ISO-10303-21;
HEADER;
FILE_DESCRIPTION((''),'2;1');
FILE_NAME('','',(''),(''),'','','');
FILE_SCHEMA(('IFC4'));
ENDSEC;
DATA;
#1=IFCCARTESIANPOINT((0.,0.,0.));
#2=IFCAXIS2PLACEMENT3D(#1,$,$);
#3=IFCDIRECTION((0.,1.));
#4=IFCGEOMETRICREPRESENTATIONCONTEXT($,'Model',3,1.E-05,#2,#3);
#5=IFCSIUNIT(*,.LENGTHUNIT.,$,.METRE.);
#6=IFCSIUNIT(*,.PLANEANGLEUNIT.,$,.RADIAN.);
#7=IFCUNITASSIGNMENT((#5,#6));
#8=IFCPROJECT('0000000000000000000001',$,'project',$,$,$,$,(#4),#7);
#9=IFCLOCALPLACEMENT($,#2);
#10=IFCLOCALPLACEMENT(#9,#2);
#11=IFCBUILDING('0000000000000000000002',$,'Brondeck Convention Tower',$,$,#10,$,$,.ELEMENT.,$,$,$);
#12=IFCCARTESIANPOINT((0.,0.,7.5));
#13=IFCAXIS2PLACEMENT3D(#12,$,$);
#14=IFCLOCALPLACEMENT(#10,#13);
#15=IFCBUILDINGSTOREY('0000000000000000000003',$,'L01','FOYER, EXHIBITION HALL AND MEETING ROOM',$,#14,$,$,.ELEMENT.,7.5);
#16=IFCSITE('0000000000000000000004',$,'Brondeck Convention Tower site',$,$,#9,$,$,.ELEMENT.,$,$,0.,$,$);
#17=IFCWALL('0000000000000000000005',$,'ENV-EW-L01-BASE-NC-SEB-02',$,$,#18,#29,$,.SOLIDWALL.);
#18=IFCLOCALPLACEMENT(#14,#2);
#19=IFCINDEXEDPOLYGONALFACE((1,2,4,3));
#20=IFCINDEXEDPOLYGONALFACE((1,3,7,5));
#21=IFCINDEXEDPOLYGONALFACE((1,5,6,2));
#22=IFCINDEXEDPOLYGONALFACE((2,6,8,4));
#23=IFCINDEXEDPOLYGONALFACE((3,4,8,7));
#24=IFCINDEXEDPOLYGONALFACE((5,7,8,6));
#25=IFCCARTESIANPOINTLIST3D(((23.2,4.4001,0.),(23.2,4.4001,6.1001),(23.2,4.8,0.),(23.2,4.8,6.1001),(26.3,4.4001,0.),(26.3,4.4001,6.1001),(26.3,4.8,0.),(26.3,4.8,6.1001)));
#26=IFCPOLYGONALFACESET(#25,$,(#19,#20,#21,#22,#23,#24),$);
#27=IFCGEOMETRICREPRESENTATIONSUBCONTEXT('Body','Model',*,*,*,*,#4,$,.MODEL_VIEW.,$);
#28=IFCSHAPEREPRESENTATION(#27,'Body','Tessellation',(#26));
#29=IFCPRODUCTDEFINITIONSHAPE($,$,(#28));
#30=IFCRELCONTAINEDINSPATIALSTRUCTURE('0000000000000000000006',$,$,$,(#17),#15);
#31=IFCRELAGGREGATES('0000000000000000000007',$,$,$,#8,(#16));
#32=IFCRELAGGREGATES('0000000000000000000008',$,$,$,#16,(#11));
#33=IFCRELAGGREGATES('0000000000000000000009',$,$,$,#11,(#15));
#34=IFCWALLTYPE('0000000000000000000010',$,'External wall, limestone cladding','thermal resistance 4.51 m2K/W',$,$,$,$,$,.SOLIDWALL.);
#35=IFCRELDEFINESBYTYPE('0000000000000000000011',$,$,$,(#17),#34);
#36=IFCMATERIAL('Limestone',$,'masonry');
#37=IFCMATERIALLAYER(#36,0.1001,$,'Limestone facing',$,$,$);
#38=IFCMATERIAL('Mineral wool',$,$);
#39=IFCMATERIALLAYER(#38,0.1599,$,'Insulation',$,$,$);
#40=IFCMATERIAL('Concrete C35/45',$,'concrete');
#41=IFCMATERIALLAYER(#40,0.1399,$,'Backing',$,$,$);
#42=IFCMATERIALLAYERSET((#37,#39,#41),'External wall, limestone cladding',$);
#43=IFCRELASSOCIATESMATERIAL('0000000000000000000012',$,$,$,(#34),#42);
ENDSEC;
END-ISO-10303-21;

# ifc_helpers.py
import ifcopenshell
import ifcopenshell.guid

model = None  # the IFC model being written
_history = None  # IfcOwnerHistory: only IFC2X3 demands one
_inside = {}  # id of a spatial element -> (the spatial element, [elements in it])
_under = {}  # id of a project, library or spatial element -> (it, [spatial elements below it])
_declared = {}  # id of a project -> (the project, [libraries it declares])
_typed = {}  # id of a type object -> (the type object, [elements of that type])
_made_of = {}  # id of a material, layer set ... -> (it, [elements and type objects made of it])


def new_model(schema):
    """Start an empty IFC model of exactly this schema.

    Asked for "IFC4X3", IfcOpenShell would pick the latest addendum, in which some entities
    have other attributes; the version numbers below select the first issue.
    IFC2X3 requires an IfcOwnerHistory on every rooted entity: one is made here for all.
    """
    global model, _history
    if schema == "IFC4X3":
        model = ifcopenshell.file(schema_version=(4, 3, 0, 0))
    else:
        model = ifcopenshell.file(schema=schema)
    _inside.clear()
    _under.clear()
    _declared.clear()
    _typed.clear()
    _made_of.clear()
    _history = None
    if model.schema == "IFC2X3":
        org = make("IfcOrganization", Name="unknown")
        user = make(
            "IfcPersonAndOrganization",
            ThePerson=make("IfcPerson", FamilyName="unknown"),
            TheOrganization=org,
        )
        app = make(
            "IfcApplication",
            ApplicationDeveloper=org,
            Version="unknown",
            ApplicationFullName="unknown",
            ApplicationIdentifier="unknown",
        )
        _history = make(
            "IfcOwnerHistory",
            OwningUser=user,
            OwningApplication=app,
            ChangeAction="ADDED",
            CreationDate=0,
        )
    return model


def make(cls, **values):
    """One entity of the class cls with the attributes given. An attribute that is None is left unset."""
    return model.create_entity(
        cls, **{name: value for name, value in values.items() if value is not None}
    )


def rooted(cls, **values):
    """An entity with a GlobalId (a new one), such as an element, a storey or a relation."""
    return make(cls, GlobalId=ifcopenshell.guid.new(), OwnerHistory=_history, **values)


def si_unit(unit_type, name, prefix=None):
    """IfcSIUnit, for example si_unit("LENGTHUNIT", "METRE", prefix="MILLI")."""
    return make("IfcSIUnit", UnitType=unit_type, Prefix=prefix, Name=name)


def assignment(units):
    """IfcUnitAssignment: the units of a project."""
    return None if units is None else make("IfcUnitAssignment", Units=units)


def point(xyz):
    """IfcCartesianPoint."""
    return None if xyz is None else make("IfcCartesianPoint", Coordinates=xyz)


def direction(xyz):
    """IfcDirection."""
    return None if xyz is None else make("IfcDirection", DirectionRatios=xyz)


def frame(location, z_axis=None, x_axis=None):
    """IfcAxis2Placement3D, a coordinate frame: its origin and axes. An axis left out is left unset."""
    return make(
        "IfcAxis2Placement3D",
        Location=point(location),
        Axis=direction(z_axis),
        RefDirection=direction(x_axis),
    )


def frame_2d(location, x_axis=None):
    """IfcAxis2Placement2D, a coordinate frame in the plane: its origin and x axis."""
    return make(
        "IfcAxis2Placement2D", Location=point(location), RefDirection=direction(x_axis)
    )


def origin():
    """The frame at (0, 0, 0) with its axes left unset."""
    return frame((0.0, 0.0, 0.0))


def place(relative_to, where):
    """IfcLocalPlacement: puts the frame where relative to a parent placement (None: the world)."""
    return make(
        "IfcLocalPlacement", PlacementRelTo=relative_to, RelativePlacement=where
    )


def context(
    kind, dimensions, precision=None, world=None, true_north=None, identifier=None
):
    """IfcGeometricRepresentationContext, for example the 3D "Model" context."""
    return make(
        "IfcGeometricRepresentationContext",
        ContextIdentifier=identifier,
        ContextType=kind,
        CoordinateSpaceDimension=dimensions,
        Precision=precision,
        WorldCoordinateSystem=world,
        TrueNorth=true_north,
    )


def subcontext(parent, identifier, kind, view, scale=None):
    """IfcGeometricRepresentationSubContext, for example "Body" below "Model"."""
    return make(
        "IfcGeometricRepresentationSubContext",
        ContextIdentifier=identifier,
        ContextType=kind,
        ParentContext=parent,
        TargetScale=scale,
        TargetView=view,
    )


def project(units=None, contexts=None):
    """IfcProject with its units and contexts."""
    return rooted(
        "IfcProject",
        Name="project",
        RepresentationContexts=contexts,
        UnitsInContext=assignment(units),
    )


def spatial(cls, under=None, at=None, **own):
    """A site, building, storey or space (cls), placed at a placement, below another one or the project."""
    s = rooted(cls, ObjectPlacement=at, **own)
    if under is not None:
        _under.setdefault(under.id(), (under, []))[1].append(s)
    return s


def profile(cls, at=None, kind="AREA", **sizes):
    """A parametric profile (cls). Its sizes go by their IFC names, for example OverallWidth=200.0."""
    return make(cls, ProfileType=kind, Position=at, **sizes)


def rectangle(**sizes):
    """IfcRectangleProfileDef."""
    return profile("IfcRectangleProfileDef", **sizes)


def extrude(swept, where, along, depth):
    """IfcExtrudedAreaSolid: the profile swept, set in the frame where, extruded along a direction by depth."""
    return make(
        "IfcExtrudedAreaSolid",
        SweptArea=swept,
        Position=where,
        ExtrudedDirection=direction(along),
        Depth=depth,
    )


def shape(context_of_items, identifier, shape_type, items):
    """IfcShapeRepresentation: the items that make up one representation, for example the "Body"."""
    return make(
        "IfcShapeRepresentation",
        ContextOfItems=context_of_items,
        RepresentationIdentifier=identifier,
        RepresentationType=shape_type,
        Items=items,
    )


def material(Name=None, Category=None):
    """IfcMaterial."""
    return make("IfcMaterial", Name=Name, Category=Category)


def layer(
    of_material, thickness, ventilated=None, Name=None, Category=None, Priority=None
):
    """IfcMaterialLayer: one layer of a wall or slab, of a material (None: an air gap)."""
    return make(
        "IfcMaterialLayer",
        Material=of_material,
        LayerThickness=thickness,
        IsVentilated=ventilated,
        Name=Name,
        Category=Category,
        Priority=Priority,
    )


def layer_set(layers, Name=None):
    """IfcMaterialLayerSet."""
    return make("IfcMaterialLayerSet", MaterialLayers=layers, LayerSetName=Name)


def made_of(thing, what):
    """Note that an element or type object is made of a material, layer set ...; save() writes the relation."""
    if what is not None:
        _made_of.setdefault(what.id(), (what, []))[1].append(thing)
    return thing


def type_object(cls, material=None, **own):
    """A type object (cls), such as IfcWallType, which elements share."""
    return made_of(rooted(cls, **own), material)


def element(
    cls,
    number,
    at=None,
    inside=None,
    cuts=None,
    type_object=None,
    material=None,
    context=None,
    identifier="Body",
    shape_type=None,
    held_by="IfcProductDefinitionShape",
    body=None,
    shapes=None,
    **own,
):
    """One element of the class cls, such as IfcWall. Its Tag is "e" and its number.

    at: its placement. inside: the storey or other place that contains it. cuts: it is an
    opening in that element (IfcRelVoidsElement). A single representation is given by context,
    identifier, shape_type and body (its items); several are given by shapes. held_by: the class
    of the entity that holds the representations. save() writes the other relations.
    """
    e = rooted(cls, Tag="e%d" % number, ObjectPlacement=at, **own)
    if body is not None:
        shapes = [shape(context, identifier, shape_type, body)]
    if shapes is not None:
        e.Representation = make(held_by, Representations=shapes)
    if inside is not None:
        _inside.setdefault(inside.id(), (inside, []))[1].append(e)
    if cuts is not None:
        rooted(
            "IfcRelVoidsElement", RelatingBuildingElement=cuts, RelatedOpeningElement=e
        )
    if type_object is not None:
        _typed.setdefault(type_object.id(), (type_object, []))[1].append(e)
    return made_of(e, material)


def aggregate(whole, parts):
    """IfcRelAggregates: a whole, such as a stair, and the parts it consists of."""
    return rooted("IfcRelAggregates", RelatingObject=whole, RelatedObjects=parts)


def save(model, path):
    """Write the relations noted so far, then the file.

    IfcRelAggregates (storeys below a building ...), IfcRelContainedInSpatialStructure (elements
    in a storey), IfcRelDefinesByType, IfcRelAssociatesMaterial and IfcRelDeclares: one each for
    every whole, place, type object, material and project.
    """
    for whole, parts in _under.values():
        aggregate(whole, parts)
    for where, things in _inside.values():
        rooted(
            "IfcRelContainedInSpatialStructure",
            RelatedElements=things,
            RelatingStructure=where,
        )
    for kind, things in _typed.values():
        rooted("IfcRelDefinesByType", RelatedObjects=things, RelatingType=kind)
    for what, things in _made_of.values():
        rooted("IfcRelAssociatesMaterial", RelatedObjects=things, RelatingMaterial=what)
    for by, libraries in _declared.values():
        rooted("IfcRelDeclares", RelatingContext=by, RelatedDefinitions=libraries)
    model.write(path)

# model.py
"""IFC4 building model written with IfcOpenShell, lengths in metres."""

from ifc_helpers import new_model, si_unit, direction, frame, frame_2d, origin, place, context, subcontext, project, spatial, rectangle, extrude, material, layer, layer_set, type_object, element, save


model = new_model("IFC4")

# Units and contexts
model_context = context("Model", 3, precision=1e-05, world=origin(), true_north=direction((0.0, 1.0)))
body_context = subcontext(model_context, "Body", "Model", "MODEL_VIEW")
ifc_project = project(units=[si_unit("LENGTHUNIT", "METRE"), si_unit("PLANEANGLEUNIT", "RADIAN")], contexts=[model_context])

# Site, building, storey
site_placement = place(None, origin())
site = spatial("IfcSite", under=ifc_project, at=site_placement, Name="Brondeck Convention Tower site", CompositionType="ELEMENT", RefElevation=0.0)
building_placement = place(site_placement, origin())
building = spatial("IfcBuilding", under=site, at=building_placement, Name="Brondeck Convention Tower", CompositionType="ELEMENT")
storey_placement = place(building_placement, frame((0.0, 0.0, 7.5)))
storey = spatial("IfcBuildingStorey", under=building, at=storey_placement, Name="L01", Description="FOYER, EXHIBITION HALL AND MEETING ROOM", CompositionType="ELEMENT", Elevation=7.5)

# Wall
ifc_material_1 = material(Name="Limestone", Category="masonry")
ifc_layer_1 = layer(ifc_material_1, 0.1001, Name="Limestone facing")
ifc_material_2 = material(Name="Mineral wool")
ifc_layer_2 = layer(ifc_material_2, 0.1599, Name="Insulation")
ifc_material_3 = material(Name="Concrete C35/45", Category="concrete")
ifc_layer_3 = layer(ifc_material_3, 0.1399, Name="Backing")
ifc_layer_set_1 = layer_set([ifc_layer_1, ifc_layer_2, ifc_layer_3], Name="External wall, limestone cladding")
wall_type = type_object("IfcWallType", Name="External wall, limestone cladding", Description="thermal resistance 4.51 m2K/W", PredefinedType="SOLIDWALL", material=ifc_layer_set_1)
wall_placement = place(storey_placement, frame((26.3, 4.6001, 0.0), z_axis=(0.0, 0.0, 1.0), x_axis=(-1.0, 0.0, 0.0)))
element("IfcWall", 1, at=wall_placement, inside=storey, type_object=wall_type, Name="ENV-EW-L01-BASE-NC-SEB-02", PredefinedType="SOLIDWALL", context=body_context, shape_type="SweptSolid", body=[
    extrude(rectangle(XDim=3.1001, YDim=0.3999, at=frame_2d((1.55, 0.0))), origin(), (0.0, 0.0, 1.0), 6.1001),
])

save(model, "model.ifc")
